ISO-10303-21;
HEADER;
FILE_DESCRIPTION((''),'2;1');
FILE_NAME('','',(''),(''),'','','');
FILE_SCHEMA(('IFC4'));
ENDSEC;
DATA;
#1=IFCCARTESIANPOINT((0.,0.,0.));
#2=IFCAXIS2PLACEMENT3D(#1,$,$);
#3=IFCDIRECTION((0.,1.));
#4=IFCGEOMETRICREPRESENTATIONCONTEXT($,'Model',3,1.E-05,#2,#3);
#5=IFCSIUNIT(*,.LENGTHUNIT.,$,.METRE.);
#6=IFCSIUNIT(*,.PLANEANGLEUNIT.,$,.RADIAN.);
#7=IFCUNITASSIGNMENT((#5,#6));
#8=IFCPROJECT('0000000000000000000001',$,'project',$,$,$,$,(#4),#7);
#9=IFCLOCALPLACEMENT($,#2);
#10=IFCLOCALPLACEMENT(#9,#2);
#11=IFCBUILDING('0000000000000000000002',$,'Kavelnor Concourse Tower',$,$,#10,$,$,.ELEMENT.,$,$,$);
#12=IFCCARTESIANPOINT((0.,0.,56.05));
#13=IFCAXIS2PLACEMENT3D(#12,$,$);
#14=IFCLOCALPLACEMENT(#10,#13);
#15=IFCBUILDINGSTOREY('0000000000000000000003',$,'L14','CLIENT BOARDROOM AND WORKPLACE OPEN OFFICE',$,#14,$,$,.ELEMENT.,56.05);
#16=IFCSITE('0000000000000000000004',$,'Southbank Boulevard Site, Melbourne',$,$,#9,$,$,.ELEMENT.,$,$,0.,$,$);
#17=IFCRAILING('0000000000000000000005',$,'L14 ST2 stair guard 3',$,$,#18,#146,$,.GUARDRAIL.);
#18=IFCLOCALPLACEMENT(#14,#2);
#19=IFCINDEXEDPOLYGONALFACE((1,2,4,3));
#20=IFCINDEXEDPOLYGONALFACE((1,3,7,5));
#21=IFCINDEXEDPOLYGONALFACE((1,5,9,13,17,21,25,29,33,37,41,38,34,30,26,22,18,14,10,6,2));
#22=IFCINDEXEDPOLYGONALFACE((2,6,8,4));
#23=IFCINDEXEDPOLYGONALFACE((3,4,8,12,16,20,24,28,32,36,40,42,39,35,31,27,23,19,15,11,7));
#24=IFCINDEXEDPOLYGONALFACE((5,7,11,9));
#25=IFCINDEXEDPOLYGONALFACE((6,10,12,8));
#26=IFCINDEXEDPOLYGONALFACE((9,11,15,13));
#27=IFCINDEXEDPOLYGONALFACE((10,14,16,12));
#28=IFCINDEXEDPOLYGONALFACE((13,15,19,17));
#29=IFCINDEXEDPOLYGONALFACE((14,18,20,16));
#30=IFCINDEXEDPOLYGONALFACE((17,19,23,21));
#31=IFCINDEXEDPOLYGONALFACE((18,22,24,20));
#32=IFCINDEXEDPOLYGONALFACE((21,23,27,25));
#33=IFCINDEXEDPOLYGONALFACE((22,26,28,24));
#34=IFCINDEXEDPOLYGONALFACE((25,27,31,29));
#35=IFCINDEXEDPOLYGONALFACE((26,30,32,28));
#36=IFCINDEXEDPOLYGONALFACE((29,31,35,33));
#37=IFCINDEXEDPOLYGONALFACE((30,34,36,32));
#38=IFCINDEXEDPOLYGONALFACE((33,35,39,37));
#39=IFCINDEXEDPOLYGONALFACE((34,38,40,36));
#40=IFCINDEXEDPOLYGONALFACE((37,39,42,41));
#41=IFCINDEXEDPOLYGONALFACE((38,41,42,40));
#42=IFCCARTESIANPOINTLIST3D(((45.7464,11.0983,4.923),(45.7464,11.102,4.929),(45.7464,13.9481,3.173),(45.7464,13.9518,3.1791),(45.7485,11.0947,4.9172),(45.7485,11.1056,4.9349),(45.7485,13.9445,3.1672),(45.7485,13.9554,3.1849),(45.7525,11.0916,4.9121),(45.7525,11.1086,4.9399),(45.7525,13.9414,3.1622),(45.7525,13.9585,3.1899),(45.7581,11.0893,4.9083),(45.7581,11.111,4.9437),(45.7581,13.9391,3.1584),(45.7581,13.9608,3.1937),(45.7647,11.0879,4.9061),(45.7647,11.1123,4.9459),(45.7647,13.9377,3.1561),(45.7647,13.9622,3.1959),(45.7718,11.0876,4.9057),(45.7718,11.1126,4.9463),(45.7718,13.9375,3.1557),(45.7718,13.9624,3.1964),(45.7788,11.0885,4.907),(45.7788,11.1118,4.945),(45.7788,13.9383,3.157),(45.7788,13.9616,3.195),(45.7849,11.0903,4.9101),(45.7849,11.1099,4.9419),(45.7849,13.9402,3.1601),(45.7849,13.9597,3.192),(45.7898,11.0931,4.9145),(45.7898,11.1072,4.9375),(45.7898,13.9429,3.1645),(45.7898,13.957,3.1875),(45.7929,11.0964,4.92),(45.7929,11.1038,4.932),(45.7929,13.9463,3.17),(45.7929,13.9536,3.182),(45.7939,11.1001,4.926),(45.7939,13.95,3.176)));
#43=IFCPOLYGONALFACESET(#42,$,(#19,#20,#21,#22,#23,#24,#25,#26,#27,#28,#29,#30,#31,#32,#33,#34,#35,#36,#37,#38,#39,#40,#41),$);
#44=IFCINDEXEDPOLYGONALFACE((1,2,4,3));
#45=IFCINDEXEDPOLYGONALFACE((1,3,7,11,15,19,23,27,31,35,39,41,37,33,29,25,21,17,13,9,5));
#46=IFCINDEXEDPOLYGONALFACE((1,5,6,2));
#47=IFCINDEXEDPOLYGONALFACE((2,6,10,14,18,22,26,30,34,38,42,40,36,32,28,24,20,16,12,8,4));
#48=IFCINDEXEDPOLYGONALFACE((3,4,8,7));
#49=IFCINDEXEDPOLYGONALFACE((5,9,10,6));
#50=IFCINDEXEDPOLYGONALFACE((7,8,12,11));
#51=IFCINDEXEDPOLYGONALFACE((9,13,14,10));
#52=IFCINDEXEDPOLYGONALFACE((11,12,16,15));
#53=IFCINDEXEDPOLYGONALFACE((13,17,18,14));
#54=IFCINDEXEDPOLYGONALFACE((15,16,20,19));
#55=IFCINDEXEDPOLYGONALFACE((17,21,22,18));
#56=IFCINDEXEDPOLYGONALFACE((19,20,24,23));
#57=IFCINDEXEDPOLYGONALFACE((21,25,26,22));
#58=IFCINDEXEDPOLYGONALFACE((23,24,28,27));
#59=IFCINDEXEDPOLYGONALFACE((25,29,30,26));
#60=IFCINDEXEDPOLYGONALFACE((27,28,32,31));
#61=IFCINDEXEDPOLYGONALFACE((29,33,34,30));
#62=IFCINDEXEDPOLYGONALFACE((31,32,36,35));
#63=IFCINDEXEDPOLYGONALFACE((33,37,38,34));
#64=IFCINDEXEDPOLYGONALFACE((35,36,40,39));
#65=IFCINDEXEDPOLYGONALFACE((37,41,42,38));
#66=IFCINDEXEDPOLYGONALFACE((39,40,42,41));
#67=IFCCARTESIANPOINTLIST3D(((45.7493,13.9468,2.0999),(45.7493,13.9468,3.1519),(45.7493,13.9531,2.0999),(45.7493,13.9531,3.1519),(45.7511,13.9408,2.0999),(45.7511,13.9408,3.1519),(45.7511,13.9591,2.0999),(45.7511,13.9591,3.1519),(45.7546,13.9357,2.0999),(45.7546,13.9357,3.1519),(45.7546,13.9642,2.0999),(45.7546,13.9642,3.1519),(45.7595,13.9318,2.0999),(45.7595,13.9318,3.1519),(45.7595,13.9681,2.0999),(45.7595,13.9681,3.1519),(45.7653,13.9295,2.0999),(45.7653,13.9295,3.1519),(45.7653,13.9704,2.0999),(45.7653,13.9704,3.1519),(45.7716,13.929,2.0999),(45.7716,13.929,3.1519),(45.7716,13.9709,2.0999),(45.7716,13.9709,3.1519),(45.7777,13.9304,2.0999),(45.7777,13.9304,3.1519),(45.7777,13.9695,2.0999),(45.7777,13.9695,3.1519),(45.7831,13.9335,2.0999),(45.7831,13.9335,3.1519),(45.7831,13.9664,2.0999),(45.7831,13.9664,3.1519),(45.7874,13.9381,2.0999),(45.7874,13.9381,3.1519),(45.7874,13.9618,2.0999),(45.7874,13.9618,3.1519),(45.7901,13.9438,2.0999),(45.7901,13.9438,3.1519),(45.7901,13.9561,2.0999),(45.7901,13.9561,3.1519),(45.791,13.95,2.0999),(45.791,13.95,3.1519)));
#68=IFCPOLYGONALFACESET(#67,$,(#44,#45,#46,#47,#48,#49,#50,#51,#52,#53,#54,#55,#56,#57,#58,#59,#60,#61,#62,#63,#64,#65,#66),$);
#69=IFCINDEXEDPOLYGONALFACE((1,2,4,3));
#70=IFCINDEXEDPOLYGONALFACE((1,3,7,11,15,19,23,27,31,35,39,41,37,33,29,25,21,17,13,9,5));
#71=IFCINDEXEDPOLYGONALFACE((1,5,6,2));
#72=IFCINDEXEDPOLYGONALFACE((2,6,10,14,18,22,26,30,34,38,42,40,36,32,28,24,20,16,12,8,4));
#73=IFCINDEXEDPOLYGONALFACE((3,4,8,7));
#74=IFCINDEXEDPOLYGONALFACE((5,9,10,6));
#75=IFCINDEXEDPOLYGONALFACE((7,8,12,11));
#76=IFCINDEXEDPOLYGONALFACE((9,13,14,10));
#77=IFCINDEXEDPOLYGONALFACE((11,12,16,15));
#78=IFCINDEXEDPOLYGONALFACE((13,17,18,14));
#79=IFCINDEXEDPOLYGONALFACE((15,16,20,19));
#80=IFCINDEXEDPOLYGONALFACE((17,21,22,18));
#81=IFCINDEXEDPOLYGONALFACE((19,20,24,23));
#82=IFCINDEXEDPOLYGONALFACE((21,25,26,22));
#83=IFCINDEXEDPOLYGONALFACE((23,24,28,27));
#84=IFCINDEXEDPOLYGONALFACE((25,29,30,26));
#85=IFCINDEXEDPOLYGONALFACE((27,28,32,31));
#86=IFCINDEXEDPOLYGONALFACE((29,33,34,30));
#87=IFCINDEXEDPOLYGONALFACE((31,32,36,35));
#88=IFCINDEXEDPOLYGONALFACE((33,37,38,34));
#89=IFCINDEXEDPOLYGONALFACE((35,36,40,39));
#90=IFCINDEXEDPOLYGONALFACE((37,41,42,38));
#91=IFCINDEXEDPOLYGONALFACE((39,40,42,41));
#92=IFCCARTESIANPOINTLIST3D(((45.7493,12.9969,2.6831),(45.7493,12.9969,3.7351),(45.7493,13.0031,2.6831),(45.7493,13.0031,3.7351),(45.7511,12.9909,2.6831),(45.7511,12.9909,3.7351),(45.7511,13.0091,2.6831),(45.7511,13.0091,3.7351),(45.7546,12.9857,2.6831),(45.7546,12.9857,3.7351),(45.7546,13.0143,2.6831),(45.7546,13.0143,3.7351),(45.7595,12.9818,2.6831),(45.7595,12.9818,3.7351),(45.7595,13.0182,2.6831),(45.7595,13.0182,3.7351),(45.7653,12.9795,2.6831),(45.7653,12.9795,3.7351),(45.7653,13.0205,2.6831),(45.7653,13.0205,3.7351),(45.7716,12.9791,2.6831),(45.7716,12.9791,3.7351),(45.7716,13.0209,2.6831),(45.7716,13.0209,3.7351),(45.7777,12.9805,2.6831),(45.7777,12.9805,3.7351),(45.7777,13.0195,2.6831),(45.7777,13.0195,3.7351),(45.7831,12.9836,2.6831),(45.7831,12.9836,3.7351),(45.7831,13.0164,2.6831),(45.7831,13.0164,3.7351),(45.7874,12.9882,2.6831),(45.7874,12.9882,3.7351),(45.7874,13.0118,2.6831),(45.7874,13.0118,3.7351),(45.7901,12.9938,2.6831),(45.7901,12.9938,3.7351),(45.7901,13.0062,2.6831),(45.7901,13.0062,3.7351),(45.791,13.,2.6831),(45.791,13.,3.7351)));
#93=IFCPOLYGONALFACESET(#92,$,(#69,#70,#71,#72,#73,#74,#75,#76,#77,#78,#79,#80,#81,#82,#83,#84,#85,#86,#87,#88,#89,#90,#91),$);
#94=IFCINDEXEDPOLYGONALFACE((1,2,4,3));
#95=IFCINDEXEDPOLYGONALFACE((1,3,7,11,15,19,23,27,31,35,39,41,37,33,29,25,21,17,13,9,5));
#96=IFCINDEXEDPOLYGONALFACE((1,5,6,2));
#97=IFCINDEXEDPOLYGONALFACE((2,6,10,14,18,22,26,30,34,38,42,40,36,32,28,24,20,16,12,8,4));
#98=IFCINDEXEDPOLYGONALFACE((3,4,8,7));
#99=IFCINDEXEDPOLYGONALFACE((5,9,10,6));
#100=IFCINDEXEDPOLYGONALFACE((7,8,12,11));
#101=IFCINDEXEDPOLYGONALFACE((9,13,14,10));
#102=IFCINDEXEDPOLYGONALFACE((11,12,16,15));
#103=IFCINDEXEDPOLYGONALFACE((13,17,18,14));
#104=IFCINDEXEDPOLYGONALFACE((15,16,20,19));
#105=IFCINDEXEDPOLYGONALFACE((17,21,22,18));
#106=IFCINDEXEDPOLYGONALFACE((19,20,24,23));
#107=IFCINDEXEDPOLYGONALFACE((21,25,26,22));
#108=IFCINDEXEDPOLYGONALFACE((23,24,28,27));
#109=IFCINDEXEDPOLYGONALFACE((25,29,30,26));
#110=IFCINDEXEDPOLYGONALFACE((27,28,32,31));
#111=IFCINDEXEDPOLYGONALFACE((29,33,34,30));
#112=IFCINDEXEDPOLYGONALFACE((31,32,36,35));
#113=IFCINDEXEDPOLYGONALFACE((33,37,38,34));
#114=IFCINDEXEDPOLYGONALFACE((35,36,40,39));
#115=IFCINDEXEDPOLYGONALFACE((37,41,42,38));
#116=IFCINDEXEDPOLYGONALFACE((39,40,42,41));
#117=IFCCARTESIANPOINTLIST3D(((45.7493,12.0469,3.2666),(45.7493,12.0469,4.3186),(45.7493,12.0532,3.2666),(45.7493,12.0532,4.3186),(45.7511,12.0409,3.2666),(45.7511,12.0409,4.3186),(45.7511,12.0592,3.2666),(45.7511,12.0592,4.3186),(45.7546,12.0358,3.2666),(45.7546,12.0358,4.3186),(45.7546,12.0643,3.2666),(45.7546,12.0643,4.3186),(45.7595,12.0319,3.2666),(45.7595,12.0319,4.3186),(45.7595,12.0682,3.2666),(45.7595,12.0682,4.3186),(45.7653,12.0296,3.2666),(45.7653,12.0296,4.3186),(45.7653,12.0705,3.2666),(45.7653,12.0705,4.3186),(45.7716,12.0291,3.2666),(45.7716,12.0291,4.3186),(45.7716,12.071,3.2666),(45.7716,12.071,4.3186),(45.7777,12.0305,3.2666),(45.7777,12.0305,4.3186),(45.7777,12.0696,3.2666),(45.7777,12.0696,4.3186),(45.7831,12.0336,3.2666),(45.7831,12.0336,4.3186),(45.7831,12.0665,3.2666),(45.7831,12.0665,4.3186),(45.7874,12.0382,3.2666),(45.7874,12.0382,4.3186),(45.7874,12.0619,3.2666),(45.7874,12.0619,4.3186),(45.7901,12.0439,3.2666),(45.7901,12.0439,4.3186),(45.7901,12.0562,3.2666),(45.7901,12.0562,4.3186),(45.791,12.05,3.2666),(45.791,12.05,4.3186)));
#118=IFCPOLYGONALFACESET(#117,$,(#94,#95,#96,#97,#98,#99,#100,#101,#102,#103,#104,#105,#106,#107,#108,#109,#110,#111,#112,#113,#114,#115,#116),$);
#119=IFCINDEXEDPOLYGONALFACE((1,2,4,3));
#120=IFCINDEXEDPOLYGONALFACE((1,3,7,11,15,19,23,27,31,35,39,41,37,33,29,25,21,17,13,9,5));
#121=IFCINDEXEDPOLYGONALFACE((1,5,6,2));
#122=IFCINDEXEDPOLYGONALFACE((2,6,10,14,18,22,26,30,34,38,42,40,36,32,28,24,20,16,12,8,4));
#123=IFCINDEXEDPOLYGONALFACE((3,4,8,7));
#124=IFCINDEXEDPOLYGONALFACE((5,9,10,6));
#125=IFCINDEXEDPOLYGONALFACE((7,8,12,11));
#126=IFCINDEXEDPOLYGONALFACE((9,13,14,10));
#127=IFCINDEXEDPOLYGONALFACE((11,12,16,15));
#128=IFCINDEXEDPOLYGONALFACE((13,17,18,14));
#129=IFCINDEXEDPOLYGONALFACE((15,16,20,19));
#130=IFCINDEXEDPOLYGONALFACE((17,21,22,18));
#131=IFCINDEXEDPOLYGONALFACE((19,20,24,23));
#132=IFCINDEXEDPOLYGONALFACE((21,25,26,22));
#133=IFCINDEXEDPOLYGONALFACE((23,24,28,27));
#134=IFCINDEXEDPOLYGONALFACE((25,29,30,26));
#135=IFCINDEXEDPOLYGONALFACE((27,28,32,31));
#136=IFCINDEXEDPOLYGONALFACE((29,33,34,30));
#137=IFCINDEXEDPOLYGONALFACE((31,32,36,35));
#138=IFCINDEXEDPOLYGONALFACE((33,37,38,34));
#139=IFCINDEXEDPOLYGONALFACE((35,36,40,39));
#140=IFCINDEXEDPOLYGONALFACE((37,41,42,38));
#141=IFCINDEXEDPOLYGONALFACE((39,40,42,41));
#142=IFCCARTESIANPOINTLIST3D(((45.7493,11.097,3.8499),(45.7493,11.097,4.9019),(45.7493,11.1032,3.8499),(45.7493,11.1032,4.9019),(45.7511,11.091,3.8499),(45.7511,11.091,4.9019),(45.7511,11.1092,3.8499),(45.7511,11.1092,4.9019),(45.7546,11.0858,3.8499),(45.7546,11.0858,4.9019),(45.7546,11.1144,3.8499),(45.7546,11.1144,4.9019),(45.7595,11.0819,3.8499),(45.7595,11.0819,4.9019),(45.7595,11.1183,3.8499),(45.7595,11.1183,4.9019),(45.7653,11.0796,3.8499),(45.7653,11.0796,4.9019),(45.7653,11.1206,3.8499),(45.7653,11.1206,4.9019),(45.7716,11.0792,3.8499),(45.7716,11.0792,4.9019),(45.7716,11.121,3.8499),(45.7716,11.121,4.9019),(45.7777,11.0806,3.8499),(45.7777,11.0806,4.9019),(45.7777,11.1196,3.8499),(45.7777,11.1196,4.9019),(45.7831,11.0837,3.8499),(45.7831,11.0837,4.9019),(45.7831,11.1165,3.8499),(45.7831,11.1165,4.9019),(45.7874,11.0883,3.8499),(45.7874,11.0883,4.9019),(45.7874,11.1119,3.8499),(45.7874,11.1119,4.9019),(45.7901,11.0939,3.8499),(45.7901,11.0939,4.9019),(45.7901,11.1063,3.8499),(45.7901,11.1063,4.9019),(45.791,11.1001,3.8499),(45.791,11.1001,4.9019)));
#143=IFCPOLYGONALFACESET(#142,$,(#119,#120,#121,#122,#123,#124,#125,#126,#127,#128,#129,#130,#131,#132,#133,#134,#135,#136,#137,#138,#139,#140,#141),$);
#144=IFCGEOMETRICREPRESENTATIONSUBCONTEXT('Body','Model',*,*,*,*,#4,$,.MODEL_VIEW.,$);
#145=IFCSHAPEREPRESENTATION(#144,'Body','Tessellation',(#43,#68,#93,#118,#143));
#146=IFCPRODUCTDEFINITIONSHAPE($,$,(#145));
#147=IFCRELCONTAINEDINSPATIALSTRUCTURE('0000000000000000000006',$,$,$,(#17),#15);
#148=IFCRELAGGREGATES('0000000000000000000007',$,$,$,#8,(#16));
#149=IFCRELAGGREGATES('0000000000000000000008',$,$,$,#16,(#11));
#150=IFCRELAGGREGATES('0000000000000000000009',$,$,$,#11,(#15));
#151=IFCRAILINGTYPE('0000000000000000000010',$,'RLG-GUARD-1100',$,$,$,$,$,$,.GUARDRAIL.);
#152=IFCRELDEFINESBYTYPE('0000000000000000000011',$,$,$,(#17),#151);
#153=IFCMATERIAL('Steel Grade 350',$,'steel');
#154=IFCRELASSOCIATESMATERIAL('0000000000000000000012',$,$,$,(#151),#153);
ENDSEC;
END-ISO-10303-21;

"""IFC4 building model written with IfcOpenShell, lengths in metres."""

from ifc_helpers import new_model, si_unit, direction, frame, origin, origin_2d, place, context, subcontext, project, spatial, circle, extrude, material, type_object, element, save


model = new_model("IFC4")

# Units and contexts
model_context = context("Model", 3, precision=1e-05, world=origin(), true_north=direction((0.0, 1.0)))
body_context = subcontext(model_context, "Body", "Model", "MODEL_VIEW")
ifc_project = project(units=[si_unit("LENGTHUNIT", "METRE"), si_unit("PLANEANGLEUNIT", "RADIAN")], contexts=[model_context])

# Site, building, storey
site_placement = place(None, origin())
site = spatial("IfcSite", under=ifc_project, at=site_placement, Name="Southbank Boulevard Site, Melbourne", CompositionType="ELEMENT", RefElevation=0.0)
building_placement = place(site_placement, origin())
building = spatial("IfcBuilding", under=site, at=building_placement, Name="Kavelnor Concourse Tower", CompositionType="ELEMENT")
storey_placement = place(building_placement, frame((0.0, 0.0, 56.05)))
storey = spatial("IfcBuildingStorey", under=building, at=storey_placement, Name="L14", Description="CLIENT BOARDROOM AND WORKPLACE OPEN OFFICE", CompositionType="ELEMENT", Elevation=56.05)

# Shared definitions
ifc_material_1 = material(Name="Steel Grade 350", Category="steel")

# Railing
railing_type_1 = type_object("IfcRailingType", Name="RLG-GUARD-1100", PredefinedType="GUARDRAIL", material=ifc_material_1)
railing_1_placement = place(storey_placement, frame((45.77, 13.95, 2.0999)))
element("IfcRailing", 1, at=railing_1_placement, inside=storey, type_object=railing_type_1, Name="L14 ST2 stair guard 3", PredefinedType="GUARDRAIL", context=body_context, shape_type="SweptSolid", body=[
    extrude(circle(Radius=0.0239, at=origin_2d()), frame((0.0, 0.0, 1.0762), z_axis=(0.0, -0.852159, 0.523283), x_axis=(1.0, 0.0, 0.0)), (0.0, 0.0, 1.0), 3.3442),
    extrude(circle(Radius=0.021, at=origin_2d()), origin(), (0.0, 0.0, 1.0), 1.052),
    extrude(circle(Radius=0.021, at=origin_2d()), frame((0.0, -0.95, 0.5833)), (0.0, 0.0, 1.0), 1.052),
    extrude(circle(Radius=0.021, at=origin_2d()), frame((0.0, -1.8999, 1.1667)), (0.0, 0.0, 1.0), 1.052),
    extrude(circle(Radius=0.021, at=origin_2d()), frame((0.0, -2.8499, 1.75)), (0.0, 0.0, 1.0), 1.052),
])

save(model, "model.ifc")
